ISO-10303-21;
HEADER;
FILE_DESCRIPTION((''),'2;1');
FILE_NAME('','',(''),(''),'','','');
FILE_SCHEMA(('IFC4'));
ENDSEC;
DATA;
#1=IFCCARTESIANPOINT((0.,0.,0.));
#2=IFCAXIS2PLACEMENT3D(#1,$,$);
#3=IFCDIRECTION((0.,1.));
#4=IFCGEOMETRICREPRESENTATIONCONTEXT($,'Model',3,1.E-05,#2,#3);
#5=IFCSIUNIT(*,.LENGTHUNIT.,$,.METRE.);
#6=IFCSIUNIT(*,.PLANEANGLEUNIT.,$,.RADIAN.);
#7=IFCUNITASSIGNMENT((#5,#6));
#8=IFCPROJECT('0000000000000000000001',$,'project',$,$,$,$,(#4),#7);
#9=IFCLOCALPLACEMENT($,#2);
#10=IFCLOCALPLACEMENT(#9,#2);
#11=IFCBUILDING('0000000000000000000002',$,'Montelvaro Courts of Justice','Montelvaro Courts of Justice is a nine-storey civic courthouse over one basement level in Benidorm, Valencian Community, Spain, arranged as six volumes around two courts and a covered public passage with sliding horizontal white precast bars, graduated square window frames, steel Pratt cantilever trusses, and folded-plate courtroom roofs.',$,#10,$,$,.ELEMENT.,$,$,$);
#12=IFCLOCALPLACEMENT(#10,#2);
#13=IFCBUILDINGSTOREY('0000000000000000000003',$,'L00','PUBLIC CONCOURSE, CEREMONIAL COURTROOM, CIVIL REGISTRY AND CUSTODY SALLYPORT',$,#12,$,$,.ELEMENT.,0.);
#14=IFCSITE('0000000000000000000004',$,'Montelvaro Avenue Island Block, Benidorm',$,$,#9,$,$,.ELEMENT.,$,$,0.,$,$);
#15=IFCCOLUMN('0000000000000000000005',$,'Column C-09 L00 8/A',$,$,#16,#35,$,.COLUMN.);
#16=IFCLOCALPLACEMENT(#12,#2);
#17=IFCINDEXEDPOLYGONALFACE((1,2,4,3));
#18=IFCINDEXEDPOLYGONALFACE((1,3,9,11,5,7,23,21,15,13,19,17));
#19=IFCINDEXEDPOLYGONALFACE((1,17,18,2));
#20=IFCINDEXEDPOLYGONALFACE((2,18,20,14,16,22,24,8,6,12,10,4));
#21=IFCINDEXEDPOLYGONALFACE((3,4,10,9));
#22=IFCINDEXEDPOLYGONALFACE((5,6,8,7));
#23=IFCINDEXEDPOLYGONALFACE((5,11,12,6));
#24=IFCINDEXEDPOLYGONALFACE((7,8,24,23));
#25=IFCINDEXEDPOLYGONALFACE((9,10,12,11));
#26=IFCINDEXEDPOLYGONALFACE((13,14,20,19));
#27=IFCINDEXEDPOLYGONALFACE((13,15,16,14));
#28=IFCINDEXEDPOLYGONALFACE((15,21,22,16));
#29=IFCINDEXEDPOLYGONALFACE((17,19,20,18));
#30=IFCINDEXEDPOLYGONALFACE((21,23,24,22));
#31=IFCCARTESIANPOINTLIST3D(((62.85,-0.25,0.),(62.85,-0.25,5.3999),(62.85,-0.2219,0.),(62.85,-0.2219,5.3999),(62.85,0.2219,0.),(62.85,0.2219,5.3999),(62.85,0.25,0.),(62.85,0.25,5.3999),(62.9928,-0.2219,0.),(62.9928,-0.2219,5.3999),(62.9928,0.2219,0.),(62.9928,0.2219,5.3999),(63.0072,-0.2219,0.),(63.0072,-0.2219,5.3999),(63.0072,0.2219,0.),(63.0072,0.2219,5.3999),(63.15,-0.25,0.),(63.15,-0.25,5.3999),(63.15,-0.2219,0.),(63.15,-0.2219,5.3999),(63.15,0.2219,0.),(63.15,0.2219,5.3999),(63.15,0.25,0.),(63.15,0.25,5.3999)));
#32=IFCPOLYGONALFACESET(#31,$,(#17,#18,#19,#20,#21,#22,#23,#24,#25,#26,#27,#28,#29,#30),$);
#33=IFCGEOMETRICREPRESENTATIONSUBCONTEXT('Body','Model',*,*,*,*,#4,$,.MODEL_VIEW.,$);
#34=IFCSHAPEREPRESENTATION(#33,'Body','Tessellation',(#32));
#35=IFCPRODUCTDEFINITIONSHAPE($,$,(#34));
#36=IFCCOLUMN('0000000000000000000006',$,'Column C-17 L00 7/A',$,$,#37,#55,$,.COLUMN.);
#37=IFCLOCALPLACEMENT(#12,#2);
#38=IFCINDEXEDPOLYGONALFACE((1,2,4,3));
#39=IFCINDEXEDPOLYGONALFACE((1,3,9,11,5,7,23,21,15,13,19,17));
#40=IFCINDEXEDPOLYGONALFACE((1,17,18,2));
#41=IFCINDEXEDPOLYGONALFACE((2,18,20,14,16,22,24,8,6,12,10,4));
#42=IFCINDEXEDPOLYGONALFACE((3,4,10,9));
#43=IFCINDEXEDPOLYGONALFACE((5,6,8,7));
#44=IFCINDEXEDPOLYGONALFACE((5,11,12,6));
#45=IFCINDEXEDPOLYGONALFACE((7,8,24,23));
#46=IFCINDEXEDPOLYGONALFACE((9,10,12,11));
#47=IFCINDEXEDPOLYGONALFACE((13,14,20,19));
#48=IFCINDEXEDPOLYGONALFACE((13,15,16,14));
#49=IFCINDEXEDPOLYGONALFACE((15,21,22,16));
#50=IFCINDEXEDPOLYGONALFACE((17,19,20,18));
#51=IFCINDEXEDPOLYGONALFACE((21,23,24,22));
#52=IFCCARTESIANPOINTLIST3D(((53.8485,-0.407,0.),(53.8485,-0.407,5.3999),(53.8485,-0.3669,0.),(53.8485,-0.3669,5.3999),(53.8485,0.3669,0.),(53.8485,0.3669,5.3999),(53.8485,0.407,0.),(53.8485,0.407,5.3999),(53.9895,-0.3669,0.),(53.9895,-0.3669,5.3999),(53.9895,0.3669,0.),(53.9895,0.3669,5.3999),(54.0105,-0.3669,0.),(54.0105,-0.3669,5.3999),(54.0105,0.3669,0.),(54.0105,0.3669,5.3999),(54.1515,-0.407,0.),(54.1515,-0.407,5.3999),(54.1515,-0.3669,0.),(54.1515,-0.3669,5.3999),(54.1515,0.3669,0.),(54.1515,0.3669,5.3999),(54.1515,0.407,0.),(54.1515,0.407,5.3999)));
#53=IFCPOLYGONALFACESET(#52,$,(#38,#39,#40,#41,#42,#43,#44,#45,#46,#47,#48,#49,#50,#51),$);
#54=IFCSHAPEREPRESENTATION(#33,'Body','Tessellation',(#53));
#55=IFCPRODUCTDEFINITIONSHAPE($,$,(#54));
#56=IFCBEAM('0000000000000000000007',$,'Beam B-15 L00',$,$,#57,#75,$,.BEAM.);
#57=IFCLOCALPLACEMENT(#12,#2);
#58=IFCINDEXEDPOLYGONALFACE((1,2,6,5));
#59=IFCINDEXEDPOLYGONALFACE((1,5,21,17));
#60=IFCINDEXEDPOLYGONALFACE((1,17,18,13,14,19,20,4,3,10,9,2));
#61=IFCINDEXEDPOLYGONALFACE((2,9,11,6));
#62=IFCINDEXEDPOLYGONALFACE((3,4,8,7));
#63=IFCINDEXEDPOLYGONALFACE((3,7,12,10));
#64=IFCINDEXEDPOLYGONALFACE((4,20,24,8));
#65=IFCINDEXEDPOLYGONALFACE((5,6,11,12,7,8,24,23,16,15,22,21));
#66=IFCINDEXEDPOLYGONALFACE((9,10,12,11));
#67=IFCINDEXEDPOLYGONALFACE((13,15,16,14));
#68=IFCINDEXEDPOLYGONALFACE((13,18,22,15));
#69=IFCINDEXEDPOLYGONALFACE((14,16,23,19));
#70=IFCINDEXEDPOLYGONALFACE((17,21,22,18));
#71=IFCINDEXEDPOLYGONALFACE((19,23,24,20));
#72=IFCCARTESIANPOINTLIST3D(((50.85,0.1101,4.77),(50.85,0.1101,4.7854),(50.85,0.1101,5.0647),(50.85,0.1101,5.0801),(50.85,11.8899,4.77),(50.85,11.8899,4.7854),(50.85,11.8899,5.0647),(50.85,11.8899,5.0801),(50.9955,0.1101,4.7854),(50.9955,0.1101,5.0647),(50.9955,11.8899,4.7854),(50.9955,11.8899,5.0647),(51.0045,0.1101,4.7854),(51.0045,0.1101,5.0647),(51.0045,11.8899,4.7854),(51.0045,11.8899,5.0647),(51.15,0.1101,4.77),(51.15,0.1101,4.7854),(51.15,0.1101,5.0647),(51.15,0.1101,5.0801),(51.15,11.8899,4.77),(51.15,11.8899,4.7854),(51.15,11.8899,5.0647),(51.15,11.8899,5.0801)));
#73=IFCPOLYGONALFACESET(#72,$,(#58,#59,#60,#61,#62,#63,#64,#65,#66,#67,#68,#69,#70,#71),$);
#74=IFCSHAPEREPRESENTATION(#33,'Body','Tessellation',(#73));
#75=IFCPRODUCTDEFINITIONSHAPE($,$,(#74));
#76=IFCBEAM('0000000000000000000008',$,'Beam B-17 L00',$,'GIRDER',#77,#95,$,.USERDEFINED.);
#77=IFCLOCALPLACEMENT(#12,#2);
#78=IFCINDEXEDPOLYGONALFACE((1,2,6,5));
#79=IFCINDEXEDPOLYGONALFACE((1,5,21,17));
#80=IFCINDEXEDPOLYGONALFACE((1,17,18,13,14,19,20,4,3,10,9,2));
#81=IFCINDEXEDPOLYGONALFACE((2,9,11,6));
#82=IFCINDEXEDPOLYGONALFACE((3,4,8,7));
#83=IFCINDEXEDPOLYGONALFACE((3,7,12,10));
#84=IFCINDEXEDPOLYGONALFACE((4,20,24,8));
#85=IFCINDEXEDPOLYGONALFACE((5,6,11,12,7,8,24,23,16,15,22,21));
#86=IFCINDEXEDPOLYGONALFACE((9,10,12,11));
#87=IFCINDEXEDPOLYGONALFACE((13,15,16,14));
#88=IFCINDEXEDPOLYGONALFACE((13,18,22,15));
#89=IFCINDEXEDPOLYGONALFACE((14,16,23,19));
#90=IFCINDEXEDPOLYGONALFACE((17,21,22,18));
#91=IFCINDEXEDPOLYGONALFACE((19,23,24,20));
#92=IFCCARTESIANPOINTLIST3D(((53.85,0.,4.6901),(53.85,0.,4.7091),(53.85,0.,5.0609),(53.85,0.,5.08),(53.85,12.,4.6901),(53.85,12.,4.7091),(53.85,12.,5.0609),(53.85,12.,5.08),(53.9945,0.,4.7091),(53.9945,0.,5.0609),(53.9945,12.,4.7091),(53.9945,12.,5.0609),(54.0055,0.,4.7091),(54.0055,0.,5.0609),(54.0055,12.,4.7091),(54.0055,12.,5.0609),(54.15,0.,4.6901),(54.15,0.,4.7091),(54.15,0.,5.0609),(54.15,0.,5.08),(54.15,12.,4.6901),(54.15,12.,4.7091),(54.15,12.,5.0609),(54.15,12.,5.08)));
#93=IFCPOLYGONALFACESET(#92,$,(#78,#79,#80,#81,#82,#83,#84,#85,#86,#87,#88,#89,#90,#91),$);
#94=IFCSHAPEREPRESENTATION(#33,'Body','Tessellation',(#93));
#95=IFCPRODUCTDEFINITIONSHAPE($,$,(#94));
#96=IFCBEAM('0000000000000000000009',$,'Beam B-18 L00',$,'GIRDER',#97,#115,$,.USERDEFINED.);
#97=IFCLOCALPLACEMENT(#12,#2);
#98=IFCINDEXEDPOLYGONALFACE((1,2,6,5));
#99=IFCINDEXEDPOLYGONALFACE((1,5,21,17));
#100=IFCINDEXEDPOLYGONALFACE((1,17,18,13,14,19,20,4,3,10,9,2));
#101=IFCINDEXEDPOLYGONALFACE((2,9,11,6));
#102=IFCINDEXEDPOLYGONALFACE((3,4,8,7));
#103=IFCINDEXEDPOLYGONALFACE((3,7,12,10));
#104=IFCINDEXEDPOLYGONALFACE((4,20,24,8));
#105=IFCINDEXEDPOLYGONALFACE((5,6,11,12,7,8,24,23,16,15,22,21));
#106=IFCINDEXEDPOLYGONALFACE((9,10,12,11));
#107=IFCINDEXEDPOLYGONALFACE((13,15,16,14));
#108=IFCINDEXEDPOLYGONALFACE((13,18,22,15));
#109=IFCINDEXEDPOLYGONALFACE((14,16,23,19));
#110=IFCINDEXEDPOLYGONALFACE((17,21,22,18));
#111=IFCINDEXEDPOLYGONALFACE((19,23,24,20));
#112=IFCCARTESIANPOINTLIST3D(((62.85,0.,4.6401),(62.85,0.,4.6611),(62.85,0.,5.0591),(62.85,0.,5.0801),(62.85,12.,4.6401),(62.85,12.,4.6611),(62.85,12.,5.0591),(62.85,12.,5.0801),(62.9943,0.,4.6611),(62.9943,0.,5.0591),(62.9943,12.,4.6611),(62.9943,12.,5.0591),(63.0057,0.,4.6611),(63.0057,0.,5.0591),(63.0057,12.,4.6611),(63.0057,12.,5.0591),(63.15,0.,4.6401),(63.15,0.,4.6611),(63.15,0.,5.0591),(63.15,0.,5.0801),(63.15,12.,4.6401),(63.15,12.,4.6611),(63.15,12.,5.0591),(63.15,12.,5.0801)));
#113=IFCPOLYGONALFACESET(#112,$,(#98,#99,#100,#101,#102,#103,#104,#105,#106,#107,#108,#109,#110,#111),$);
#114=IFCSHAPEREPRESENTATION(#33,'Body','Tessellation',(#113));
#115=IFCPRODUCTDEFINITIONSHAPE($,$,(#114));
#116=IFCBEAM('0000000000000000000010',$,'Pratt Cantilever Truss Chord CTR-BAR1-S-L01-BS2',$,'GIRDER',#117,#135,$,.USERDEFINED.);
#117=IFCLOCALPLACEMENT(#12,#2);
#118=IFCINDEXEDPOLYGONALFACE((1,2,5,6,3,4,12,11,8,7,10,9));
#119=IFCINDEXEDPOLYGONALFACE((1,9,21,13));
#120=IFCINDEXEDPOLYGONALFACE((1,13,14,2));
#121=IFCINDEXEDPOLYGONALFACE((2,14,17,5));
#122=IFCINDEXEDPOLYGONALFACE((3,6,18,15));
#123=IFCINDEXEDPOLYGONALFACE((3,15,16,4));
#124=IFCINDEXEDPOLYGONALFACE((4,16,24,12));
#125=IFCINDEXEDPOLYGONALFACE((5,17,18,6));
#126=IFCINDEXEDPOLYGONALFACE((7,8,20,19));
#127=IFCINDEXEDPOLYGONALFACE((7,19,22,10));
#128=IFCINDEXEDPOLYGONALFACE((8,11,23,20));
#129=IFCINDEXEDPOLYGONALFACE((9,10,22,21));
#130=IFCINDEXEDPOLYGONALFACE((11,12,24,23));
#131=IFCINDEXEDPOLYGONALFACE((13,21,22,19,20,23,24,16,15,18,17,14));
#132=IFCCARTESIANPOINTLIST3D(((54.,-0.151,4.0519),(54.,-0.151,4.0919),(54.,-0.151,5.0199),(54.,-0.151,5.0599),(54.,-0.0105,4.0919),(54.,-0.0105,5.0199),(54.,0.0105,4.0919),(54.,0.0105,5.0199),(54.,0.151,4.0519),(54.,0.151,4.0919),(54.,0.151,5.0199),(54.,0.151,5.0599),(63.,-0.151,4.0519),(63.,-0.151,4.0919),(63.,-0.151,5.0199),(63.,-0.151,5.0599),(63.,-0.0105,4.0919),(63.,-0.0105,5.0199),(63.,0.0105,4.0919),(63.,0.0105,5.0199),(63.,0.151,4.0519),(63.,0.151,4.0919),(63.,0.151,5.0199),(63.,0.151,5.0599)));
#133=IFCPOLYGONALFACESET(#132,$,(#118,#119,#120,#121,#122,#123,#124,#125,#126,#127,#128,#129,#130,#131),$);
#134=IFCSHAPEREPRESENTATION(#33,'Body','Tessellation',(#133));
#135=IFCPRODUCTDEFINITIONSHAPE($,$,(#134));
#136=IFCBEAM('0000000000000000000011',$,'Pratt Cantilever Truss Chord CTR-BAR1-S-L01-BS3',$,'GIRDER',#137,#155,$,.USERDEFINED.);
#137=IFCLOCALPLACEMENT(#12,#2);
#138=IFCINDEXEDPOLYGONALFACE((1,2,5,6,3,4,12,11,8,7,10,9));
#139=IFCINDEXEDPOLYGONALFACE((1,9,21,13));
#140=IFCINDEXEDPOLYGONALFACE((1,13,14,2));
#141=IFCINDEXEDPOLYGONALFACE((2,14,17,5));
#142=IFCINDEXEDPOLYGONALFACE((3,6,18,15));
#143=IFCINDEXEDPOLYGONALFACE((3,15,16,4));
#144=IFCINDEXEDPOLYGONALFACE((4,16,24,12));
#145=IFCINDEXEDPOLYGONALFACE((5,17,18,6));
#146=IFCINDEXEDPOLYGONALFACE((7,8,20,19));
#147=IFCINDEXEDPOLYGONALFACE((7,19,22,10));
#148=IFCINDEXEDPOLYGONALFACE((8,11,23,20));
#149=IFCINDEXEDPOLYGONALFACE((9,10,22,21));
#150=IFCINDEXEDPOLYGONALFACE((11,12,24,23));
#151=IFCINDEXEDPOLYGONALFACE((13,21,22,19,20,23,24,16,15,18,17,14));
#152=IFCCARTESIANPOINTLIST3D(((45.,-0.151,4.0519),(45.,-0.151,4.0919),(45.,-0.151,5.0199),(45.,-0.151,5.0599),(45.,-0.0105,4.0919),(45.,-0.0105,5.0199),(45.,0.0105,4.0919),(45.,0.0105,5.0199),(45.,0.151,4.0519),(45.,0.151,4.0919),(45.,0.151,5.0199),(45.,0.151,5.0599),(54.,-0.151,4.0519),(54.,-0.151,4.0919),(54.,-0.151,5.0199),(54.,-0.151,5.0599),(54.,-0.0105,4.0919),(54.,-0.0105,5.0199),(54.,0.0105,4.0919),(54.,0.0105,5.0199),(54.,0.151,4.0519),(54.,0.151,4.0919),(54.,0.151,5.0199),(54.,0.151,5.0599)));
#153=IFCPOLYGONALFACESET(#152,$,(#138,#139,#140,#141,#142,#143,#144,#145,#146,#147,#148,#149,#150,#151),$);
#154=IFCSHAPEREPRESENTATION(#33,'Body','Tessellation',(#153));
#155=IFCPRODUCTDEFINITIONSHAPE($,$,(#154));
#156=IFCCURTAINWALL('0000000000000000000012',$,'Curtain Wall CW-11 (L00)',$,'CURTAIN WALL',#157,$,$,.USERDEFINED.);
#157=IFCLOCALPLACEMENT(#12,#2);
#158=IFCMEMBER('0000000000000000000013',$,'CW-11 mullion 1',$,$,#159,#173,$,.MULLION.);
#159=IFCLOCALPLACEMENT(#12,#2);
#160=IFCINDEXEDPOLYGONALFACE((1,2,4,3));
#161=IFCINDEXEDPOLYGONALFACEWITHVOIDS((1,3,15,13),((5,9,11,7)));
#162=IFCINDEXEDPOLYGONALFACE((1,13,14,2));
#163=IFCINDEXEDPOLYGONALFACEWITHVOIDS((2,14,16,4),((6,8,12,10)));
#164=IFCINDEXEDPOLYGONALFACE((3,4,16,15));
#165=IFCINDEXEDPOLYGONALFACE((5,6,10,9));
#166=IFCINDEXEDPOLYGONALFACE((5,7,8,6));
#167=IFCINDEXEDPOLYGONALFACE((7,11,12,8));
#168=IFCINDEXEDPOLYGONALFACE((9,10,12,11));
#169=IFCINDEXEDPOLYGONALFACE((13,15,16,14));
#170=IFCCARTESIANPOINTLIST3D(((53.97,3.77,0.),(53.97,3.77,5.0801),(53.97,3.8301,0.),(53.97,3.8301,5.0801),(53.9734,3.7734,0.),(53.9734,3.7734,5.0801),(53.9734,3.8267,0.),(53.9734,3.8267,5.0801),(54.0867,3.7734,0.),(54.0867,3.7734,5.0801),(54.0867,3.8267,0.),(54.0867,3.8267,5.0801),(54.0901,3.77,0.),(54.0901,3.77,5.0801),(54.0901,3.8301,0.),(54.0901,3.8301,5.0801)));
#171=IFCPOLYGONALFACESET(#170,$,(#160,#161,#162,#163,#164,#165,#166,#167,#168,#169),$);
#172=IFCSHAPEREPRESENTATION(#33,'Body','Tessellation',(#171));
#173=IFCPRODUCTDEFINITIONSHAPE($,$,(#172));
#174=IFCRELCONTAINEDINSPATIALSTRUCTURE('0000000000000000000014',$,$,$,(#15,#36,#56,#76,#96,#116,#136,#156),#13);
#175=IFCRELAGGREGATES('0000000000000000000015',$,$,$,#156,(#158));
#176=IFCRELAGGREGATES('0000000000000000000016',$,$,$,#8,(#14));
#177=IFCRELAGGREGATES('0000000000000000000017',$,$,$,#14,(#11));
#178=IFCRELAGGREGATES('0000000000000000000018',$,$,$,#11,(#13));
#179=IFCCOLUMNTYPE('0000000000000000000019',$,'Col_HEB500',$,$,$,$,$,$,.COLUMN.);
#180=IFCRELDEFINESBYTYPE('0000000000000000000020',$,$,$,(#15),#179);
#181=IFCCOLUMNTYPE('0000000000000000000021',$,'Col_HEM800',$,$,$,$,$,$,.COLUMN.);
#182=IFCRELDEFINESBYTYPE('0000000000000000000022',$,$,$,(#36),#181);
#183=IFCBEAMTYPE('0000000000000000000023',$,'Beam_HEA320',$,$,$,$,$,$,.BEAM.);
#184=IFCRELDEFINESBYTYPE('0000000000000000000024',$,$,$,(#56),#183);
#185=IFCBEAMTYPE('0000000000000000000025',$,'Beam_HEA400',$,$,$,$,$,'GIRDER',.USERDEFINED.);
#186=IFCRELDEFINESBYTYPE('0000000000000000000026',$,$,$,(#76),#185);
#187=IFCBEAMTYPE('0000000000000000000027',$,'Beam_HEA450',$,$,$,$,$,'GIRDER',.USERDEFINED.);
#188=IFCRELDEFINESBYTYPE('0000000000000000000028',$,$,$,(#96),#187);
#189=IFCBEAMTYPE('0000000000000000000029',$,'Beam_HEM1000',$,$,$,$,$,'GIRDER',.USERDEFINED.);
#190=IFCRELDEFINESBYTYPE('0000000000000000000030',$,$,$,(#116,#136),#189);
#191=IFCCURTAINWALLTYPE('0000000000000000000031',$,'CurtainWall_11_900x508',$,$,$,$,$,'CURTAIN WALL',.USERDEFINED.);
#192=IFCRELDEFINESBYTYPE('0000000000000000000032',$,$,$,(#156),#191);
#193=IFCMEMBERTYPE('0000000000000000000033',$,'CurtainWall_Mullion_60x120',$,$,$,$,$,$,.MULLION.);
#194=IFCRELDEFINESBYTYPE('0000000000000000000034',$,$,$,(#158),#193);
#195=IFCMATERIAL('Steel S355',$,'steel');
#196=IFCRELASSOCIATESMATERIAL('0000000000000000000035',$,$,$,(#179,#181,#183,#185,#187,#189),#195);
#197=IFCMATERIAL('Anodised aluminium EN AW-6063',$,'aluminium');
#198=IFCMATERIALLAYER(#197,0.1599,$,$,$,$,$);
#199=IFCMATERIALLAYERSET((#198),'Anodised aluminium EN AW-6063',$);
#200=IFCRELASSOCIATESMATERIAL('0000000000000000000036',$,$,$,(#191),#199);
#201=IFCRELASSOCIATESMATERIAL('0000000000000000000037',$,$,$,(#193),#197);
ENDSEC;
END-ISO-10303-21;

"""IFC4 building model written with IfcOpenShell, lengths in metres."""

from ifc_helpers import new_model, si_unit, direction, frame, origin, origin_2d, place, context, subcontext, project, spatial, hollow_rectangle, i_section, extrude, material, layer, layer_set, material_profile, profile_set, type_object, element, aggregate, save


model = new_model("IFC4")

# Units and contexts
model_context = context("Model", 3, precision=1e-05, world=origin(), true_north=direction((0.0, 1.0)))
body_context = subcontext(model_context, "Body", "Model", "MODEL_VIEW")
ifc_project = project(units=[si_unit("LENGTHUNIT", "METRE"), si_unit("PLANEANGLEUNIT", "RADIAN")], contexts=[model_context])

# Site, building, storey
site_placement = place(None, origin())
site = spatial("IfcSite", under=ifc_project, at=site_placement, Name="Montelvaro Avenue Island Block, Benidorm", CompositionType="ELEMENT", RefElevation=0.0)
building_placement = place(site_placement, origin())
building = spatial("IfcBuilding", under=site, at=building_placement, Name="Montelvaro Courts of Justice", Description="Montelvaro Courts of Justice is a nine-storey civic courthouse over one basement level in Benidorm, Valencian Community, Spain, arranged as six volumes around two courts and a covered public passage with sliding horizontal white precast bars, graduated square window frames, steel Pratt cantilever trusses, and folded-plate courtroom roofs.", CompositionType="ELEMENT")
storey_placement = place(building_placement, origin())
storey = spatial("IfcBuildingStorey", under=building, at=storey_placement, Name="L00", Description="PUBLIC CONCOURSE, CEREMONIAL COURTROOM, CIVIL REGISTRY AND CUSTODY SALLYPORT", CompositionType="ELEMENT", Elevation=0.0)

# Columns
ifc_material_1 = material(Name="Steel S355", Category="steel")
ifc_material_profile_1 = material_profile(ifc_material_1, i_section(OverallWidth=0.3, OverallDepth=0.5, WebThickness=0.0144, FlangeThickness=0.0281, at=origin_2d()), Name="HEB 500")
ifc_profile_set_1 = profile_set([ifc_material_profile_1], Name="Steel S355")
column_type_1 = type_object("IfcColumnType", Name="Col_HEB500", PredefinedType="COLUMN", material=ifc_profile_set_1)
column_1_placement = place(storey_placement, frame((63.0, 0.0, 0.0), z_axis=(0.0, 0.0, 1.0), x_axis=(1.0, 0.0, 0.0)))
element("IfcColumn", 1, at=column_1_placement, inside=storey, type_object=column_type_1, Name="Column C-09 L00 8/A", PredefinedType="COLUMN", context=body_context, shape_type="SweptSolid", body=[
    extrude(i_section(OverallWidth=0.3, OverallDepth=0.5, WebThickness=0.0144, FlangeThickness=0.0281, at=origin_2d()), origin(), (0.0, 0.0, 1.0), 5.3999),
])
ifc_material_profile_2 = material_profile(ifc_material_1, i_section(OverallWidth=0.303, OverallDepth=0.814, WebThickness=0.021, FlangeThickness=0.04, at=origin_2d()), Name="HEM 800")
ifc_profile_set_2 = profile_set([ifc_material_profile_2], Name="Steel S355")
column_type_2 = type_object("IfcColumnType", Name="Col_HEM800", PredefinedType="COLUMN", material=ifc_profile_set_2)
column_2_placement = place(storey_placement, frame((54.0, 0.0, 0.0), z_axis=(0.0, 0.0, 1.0), x_axis=(1.0, 0.0, 0.0)))
element("IfcColumn", 2, at=column_2_placement, inside=storey, type_object=column_type_2, Name="Column C-17 L00 7/A", PredefinedType="COLUMN", context=body_context, shape_type="SweptSolid", body=[
    extrude(i_section(OverallWidth=0.303, OverallDepth=0.814, WebThickness=0.021, FlangeThickness=0.04, at=origin_2d()), origin(), (0.0, 0.0, 1.0), 5.3999),
])

# Beams
ifc_material_profile_3 = material_profile(ifc_material_1, i_section(OverallWidth=0.3, OverallDepth=0.3101, WebThickness=0.009, FlangeThickness=0.0154, at=origin_2d()), Name="HEA 320")
ifc_profile_set_3 = profile_set([ifc_material_profile_3], Name="Steel S355")
beam_type_1 = type_object("IfcBeamType", Name="Beam_HEA320", PredefinedType="BEAM", material=ifc_profile_set_3)
beam_1_placement = place(storey_placement, frame((51.0, 0.1101, 4.925), z_axis=(0.0, 1.0, 0.0), x_axis=(-1.0, 0.0, 0.0)))
element("IfcBeam", 3, at=beam_1_placement, inside=storey, type_object=beam_type_1, Name="Beam B-15 L00", PredefinedType="BEAM", context=body_context, shape_type="SweptSolid", body=[
    extrude(i_section(OverallWidth=0.3, OverallDepth=0.3101, WebThickness=0.009, FlangeThickness=0.0154, at=origin_2d()), origin(), (0.0, 0.0, 1.0), 11.7798),
])
ifc_material_profile_4 = material_profile(ifc_material_1, i_section(OverallWidth=0.3, OverallDepth=0.3899, WebThickness=0.011, FlangeThickness=0.019, at=origin_2d()), Name="HEA 400")
ifc_profile_set_4 = profile_set([ifc_material_profile_4], Name="Steel S355")
beam_type_2 = type_object("IfcBeamType", Name="Beam_HEA400", ElementType="GIRDER", PredefinedType="USERDEFINED", material=ifc_profile_set_4)
beam_2_placement = place(storey_placement, frame((54.0, 0.0, 4.885), z_axis=(0.0, 1.0, 0.0), x_axis=(-1.0, 0.0, 0.0)))
element("IfcBeam", 4, at=beam_2_placement, inside=storey, type_object=beam_type_2, Name="Beam B-17 L00", ObjectType="GIRDER", PredefinedType="USERDEFINED", context=body_context, shape_type="SweptSolid", body=[
    extrude(i_section(OverallWidth=0.3, OverallDepth=0.3899, WebThickness=0.011, FlangeThickness=0.019, at=origin_2d()), origin(), (0.0, 0.0, 1.0), 12.0),
])
ifc_material_profile_5 = material_profile(ifc_material_1, i_section(OverallWidth=0.3, OverallDepth=0.4399, WebThickness=0.0115, FlangeThickness=0.021, at=origin_2d()), Name="HEA 450")
ifc_profile_set_5 = profile_set([ifc_material_profile_5], Name="Steel S355")
beam_type_3 = type_object("IfcBeamType", Name="Beam_HEA450", ElementType="GIRDER", PredefinedType="USERDEFINED", material=ifc_profile_set_5)
beam_3_placement = place(storey_placement, frame((63.0, 0.0, 4.8601), z_axis=(0.0, 1.0, 0.0), x_axis=(-1.0, 0.0, 0.0)))
element("IfcBeam", 5, at=beam_3_placement, inside=storey, type_object=beam_type_3, Name="Beam B-18 L00", ObjectType="GIRDER", PredefinedType="USERDEFINED", context=body_context, shape_type="SweptSolid", body=[
    extrude(i_section(OverallWidth=0.3, OverallDepth=0.4399, WebThickness=0.0115, FlangeThickness=0.021, at=origin_2d()), origin(), (0.0, 0.0, 1.0), 12.0),
])
ifc_material_profile_6 = material_profile(ifc_material_1, i_section(OverallWidth=0.302, OverallDepth=1.0081, WebThickness=0.021, FlangeThickness=0.04, at=origin_2d()), Name="HEM 1000")
ifc_profile_set_6 = profile_set([ifc_material_profile_6], Name="Steel S355")
beam_type_4 = type_object("IfcBeamType", Name="Beam_HEM1000", ElementType="GIRDER", PredefinedType="USERDEFINED", material=ifc_profile_set_6)
for number, where, z_axis, x_axis, name in (
    (6, (63.0, 0.0, 4.5559), (-1.0, 0.0, 0.0), (0.0, -1.0, 0.0), "Pratt Cantilever Truss Chord CTR-BAR1-S-L01-BS2"),
    (7, (54.0, 0.0, 4.5559), (-1.0, 0.0, 0.0), (0.0, -1.0, 0.0), "Pratt Cantilever Truss Chord CTR-BAR1-S-L01-BS3"),
):
    element("IfcBeam", number, at=place(storey_placement, frame(where, z_axis=z_axis, x_axis=x_axis)), inside=storey, type_object=beam_type_4, Name=name, ObjectType="GIRDER", PredefinedType="USERDEFINED", context=body_context, shape_type="SweptSolid", body=[
        extrude(i_section(OverallWidth=0.302, OverallDepth=1.0081, WebThickness=0.021, FlangeThickness=0.04, at=origin_2d()), origin(), (0.0, 0.0, 1.0), 9.0),
    ])

# Curtain wall, member
ifc_material_2 = material(Name="Anodised aluminium EN AW-6063", Category="aluminium")
ifc_layer_1 = layer(ifc_material_2, 0.1599)
ifc_layer_set_1 = layer_set([ifc_layer_1], Name="Anodised aluminium EN AW-6063")
curtain_wall_type_1 = type_object("IfcCurtainWallType", Name="CurtainWall_11_900x508", ElementType="CURTAIN WALL", PredefinedType="USERDEFINED", material=ifc_layer_set_1)
curtain_wall_1_placement = place(storey_placement, origin())
curtain_wall_1 = element("IfcCurtainWall", 8, at=curtain_wall_1_placement, inside=storey, type_object=curtain_wall_type_1, Name="Curtain Wall CW-11 (L00)", ObjectType="CURTAIN WALL", PredefinedType="USERDEFINED")
ifc_material_profile_7 = material_profile(ifc_material_2, hollow_rectangle(XDim=0.0601, YDim=0.1201, WallThickness=0.0034, at=origin_2d()), Name="ALU-M 60x120")
ifc_profile_set_7 = profile_set([ifc_material_profile_7], Name="Anodised aluminium EN AW-6063")
member_type_1 = type_object("IfcMemberType", Name="CurtainWall_Mullion_60x120", PredefinedType="MULLION", material=ifc_profile_set_7)
member_1_placement = place(storey_placement, frame((54.03, 3.8, 0.0), z_axis=(0.0, 0.0, 1.0), x_axis=(0.0, 1.0, 0.0)))
member_1 = element("IfcMember", 9, at=member_1_placement, type_object=member_type_1, Name="CW-11 mullion 1", PredefinedType="MULLION", context=body_context, shape_type="SweptSolid", body=[
    extrude(hollow_rectangle(XDim=0.0601, YDim=0.1201, WallThickness=0.0034, at=origin_2d()), origin(), (0.0, 0.0, 1.0), 5.0801),
])

aggregate(curtain_wall_1, [member_1])

save(model, "model.ifc")
